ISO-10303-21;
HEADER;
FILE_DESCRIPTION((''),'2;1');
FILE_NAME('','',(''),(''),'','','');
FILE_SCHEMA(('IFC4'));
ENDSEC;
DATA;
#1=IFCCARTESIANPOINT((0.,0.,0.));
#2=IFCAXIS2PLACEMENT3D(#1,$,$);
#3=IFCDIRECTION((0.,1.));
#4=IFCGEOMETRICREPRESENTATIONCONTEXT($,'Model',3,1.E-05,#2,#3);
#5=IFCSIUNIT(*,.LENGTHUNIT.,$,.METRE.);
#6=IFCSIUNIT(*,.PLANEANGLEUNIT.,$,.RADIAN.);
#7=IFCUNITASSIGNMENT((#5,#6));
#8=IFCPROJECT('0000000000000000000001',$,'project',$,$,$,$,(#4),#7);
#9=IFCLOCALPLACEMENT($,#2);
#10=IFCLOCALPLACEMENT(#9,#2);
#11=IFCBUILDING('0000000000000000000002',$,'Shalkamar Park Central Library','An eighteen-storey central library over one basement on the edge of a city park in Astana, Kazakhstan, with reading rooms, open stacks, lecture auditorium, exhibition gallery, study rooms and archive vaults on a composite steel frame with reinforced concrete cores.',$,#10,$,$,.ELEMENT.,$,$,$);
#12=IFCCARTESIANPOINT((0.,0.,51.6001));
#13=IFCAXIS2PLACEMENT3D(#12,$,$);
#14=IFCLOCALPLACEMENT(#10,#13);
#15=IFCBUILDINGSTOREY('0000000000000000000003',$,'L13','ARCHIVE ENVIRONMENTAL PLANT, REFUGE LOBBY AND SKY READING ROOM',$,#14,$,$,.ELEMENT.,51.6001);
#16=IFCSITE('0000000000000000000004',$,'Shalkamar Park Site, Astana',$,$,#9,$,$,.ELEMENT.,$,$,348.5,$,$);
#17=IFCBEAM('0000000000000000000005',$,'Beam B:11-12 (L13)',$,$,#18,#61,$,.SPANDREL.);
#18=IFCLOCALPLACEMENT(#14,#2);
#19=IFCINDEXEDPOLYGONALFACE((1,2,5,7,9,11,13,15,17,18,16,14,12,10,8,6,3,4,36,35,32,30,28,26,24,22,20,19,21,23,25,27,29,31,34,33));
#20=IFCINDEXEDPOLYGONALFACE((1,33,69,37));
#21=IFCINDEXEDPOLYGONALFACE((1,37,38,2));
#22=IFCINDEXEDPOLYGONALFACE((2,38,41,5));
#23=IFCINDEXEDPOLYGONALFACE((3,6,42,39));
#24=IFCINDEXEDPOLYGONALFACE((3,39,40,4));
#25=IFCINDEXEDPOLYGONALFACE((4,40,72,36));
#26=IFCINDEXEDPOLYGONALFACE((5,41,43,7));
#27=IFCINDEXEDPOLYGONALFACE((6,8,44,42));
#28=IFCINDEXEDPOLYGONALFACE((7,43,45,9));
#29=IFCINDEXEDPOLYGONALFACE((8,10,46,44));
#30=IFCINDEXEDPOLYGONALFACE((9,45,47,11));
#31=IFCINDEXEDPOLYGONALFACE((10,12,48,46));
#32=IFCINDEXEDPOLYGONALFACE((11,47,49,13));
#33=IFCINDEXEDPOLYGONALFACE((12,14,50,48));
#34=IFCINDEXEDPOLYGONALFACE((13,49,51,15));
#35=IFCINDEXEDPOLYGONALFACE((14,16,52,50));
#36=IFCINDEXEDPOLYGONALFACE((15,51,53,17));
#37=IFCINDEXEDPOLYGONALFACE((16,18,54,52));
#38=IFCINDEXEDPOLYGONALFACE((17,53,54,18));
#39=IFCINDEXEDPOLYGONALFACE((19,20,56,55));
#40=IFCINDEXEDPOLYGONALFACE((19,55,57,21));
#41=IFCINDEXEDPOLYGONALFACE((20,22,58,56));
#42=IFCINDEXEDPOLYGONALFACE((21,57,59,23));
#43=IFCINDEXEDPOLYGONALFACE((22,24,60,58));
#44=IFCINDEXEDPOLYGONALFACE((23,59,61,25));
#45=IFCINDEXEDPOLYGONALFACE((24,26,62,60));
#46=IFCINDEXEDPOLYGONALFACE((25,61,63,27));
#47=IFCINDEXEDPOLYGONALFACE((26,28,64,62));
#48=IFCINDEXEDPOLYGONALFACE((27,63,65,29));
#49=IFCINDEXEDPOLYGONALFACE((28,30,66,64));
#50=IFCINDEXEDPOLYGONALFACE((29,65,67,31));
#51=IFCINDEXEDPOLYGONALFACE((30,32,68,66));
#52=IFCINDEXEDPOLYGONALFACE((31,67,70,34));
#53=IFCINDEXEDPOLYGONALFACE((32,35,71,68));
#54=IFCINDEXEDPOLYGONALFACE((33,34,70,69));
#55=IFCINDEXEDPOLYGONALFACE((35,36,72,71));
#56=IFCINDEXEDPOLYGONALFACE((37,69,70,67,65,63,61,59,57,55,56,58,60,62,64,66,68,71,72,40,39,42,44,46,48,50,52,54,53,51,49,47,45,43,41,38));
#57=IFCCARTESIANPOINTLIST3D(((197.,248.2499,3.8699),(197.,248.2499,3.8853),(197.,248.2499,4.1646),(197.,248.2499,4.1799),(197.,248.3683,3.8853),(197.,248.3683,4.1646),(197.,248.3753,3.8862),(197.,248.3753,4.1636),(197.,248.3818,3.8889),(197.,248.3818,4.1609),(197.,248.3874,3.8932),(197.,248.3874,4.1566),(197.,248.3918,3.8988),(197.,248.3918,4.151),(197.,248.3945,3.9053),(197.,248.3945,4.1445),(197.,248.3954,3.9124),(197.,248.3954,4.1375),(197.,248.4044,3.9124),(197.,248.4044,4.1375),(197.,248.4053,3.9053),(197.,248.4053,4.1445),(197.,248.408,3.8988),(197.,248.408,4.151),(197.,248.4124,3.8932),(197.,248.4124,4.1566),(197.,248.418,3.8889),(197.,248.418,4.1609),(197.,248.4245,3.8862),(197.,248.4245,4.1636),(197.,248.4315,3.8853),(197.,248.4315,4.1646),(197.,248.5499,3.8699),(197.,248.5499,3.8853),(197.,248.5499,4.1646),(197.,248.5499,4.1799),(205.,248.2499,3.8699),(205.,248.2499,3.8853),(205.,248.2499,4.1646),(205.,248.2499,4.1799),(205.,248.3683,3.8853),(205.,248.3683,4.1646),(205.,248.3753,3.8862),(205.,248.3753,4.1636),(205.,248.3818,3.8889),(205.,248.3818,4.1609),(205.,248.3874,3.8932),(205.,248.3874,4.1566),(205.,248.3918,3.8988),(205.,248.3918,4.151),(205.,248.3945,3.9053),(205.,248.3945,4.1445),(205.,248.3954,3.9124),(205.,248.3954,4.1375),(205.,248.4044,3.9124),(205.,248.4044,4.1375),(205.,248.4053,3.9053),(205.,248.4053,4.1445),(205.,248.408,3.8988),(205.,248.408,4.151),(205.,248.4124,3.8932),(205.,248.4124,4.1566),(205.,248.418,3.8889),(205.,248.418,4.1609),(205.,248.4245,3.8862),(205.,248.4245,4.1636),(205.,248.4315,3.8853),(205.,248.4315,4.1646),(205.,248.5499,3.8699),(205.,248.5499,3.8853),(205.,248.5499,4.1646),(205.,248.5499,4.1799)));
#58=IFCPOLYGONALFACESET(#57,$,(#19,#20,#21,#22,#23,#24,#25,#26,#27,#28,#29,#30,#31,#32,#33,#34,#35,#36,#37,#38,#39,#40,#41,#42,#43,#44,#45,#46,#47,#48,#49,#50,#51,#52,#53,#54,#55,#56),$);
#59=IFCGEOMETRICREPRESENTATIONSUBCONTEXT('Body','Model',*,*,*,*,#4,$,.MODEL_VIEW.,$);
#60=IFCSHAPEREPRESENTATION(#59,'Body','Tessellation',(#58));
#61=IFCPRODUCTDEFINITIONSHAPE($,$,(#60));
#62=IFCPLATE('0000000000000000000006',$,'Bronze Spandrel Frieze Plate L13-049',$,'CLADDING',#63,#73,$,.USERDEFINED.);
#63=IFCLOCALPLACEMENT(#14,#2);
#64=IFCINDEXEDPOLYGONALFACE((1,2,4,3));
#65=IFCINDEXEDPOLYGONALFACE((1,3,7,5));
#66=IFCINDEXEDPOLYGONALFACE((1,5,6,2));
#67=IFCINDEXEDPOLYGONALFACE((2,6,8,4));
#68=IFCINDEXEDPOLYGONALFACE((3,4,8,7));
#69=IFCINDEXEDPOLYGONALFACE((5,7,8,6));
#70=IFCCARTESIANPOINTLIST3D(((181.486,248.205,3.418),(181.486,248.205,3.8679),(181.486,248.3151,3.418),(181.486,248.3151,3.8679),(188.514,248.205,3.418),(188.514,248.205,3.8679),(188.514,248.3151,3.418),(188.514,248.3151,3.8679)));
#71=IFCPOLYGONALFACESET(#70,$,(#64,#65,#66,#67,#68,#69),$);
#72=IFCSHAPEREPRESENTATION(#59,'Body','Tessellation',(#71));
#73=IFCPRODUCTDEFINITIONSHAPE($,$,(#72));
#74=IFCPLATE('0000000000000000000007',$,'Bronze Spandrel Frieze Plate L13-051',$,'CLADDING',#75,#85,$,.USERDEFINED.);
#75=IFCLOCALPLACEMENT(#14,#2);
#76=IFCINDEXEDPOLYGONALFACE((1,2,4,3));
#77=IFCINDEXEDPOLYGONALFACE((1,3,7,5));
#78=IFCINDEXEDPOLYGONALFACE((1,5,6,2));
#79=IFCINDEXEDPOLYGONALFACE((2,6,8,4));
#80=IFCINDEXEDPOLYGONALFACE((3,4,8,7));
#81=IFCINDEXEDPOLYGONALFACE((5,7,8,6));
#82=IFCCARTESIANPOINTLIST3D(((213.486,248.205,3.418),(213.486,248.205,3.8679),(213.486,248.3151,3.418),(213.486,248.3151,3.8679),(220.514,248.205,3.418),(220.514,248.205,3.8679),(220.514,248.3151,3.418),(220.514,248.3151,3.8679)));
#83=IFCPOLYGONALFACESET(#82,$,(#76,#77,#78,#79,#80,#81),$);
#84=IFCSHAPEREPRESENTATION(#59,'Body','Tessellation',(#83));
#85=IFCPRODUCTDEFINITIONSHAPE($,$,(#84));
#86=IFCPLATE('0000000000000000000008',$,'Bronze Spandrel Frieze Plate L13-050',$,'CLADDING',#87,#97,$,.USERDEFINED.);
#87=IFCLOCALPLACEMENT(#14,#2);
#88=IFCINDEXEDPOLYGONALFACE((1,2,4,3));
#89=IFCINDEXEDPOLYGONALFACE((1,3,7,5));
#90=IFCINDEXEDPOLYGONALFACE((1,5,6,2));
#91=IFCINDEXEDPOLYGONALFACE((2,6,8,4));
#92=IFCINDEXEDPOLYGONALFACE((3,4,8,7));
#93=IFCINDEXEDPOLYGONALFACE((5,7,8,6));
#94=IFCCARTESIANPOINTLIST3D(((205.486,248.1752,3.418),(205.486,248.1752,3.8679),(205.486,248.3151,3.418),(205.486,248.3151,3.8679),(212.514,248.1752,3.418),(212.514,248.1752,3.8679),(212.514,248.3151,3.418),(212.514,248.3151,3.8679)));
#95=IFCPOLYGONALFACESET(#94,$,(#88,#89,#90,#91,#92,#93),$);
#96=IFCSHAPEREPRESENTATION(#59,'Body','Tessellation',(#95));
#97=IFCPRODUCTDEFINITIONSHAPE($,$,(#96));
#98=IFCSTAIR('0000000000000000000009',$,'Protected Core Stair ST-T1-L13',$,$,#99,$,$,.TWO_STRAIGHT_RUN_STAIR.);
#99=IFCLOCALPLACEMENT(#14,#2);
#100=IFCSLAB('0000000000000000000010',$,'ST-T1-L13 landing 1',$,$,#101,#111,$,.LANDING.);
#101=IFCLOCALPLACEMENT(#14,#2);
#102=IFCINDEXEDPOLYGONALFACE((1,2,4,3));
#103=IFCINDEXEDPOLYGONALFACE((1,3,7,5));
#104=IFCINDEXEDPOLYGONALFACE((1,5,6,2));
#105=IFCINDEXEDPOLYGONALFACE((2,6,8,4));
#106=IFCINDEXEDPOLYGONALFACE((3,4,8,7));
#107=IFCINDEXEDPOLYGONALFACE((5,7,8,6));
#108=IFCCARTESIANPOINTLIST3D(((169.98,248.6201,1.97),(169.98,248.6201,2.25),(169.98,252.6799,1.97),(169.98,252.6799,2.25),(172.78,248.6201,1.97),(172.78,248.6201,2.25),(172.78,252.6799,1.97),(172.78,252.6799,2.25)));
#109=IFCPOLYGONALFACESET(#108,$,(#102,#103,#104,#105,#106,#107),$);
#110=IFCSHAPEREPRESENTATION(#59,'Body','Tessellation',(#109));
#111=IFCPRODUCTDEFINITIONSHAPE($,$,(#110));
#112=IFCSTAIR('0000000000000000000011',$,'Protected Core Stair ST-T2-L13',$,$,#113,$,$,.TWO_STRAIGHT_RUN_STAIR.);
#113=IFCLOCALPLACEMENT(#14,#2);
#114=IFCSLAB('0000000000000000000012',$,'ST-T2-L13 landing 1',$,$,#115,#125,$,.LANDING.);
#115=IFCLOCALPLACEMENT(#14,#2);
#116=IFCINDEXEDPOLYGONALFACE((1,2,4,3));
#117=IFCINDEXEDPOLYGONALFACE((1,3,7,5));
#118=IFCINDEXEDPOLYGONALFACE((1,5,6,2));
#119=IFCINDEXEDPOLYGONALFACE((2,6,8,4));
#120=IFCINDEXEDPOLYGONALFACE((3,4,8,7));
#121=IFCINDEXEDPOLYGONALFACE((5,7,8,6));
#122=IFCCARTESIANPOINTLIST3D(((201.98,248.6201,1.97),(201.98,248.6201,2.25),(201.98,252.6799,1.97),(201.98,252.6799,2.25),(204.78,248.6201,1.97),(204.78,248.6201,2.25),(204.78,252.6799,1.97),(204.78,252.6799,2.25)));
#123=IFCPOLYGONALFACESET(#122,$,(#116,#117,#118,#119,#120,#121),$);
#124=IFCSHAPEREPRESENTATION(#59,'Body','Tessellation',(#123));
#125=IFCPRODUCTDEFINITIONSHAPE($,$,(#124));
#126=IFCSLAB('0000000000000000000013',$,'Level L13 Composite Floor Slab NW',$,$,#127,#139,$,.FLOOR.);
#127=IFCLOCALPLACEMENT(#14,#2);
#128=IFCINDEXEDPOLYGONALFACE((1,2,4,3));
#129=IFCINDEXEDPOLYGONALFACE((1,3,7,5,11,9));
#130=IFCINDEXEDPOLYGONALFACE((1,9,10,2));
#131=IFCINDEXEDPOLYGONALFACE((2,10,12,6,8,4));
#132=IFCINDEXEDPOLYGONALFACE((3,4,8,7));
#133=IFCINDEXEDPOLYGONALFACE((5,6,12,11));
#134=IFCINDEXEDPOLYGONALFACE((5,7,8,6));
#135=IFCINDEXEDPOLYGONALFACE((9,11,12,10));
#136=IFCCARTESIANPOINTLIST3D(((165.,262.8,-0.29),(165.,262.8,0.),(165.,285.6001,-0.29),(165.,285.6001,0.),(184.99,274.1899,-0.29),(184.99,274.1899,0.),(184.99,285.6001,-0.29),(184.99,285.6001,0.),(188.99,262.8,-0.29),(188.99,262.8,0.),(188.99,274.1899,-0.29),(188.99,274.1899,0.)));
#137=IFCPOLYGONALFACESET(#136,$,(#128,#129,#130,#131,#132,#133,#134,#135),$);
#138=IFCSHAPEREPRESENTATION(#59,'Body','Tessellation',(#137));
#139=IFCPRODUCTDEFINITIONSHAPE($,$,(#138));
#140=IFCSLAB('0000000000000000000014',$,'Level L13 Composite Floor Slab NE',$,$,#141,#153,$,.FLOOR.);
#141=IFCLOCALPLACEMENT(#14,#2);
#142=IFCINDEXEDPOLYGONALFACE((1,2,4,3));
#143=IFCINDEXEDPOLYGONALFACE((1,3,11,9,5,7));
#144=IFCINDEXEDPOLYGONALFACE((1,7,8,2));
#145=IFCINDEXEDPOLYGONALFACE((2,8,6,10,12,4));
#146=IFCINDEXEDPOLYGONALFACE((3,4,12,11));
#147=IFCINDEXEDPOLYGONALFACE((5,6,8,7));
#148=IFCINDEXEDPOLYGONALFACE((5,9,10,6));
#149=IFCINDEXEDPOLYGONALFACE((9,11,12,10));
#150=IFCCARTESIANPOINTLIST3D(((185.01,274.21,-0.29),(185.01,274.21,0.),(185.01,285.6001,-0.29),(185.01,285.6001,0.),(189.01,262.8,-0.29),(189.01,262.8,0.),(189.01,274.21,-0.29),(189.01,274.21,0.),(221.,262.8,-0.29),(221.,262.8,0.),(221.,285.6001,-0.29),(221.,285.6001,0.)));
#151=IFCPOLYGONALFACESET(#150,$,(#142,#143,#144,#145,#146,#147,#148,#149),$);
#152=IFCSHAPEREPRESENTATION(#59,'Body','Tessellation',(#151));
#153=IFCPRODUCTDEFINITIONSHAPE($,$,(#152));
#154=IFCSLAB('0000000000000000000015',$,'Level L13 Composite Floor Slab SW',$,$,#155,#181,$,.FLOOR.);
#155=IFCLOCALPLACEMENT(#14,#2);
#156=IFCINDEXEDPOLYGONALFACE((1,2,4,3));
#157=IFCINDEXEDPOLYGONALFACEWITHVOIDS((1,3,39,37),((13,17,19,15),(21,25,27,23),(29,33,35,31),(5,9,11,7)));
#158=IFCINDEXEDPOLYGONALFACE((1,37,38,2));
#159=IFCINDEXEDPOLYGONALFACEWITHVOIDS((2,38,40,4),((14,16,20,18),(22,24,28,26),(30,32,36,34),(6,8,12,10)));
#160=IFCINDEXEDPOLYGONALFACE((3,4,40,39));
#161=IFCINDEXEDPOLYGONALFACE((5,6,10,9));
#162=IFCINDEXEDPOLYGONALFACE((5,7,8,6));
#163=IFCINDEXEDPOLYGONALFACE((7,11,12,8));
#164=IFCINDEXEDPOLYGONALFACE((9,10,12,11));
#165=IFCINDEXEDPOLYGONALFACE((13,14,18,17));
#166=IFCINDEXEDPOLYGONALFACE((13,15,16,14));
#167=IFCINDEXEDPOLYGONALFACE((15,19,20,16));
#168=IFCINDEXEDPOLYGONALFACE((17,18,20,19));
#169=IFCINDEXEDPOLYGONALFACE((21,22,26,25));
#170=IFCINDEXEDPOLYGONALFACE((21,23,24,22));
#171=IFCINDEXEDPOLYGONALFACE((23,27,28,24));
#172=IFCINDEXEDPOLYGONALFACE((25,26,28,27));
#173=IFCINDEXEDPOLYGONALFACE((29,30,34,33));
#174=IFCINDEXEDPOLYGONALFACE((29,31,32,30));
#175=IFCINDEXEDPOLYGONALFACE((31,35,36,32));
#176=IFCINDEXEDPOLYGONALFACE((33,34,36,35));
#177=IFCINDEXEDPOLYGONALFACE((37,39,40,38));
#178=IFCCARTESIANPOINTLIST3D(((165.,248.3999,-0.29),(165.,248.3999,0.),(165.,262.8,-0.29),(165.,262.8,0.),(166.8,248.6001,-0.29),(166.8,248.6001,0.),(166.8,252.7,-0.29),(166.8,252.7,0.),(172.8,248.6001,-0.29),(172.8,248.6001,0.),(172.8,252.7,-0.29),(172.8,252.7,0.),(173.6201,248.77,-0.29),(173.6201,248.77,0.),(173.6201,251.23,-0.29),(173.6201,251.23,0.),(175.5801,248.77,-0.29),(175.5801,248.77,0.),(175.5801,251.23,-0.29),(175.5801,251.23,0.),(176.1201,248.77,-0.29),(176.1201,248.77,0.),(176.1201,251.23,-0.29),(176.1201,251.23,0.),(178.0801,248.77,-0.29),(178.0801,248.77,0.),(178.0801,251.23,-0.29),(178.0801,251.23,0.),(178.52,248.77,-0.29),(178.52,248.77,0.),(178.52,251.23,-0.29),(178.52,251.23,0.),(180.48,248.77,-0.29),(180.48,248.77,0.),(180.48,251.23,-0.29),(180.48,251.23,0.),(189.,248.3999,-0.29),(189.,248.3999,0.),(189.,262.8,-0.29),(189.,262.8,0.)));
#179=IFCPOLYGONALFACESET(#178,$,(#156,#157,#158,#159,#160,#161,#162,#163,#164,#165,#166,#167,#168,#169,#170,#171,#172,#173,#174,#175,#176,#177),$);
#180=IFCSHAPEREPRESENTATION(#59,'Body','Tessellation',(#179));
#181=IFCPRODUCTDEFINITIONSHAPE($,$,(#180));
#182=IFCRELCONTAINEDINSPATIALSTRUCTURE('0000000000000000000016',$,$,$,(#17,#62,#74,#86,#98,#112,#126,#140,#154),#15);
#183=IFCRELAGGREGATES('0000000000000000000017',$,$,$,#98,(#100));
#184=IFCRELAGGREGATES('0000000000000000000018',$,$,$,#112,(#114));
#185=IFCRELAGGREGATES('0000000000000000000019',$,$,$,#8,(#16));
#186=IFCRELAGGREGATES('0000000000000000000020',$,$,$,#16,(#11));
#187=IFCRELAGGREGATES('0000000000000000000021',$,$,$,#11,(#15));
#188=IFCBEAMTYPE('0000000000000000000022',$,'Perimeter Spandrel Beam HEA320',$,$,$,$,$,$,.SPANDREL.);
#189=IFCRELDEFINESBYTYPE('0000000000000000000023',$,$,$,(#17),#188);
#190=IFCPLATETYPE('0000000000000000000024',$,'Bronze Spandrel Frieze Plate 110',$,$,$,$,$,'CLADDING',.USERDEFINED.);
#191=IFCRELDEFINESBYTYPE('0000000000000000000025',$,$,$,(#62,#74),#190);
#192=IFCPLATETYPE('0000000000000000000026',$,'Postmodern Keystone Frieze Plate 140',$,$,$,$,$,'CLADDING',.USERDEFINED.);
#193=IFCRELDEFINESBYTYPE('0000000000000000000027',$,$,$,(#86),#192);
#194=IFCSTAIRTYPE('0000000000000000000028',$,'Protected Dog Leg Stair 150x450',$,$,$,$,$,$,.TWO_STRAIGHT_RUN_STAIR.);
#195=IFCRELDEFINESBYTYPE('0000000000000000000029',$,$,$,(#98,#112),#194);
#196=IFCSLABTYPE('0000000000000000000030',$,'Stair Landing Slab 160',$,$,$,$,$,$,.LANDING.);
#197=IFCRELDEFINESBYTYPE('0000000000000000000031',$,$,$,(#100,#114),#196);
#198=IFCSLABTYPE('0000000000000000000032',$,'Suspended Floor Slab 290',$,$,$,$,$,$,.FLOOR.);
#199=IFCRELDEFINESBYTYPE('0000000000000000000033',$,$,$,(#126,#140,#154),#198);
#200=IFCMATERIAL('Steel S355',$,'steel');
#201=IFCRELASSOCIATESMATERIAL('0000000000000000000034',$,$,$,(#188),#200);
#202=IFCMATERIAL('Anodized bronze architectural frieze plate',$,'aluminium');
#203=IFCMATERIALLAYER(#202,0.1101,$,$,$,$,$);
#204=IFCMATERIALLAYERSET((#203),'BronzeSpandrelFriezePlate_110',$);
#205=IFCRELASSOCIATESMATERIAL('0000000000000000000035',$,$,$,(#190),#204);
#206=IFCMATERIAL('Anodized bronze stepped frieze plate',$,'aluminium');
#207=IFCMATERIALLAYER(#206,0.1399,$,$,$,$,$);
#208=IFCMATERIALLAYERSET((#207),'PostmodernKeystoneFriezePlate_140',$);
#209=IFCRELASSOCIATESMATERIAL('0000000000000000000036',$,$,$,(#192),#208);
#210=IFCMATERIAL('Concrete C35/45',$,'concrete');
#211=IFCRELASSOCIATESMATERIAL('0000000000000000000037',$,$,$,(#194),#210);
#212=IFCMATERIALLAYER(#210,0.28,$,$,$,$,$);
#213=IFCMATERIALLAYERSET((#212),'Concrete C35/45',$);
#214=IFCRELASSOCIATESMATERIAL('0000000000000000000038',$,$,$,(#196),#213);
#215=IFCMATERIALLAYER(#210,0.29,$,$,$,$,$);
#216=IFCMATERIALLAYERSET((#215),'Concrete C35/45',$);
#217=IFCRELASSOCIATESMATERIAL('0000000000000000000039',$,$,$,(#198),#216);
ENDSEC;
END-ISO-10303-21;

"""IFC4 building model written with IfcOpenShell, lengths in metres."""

from ifc_helpers import new_model, si_unit, direction, frame, origin, origin_2d, place, context, subcontext, project, spatial, polyline, rectangle, i_section, outline, extrude, material, layer, layer_set, material_profile, profile_set, type_object, element, aggregate, save


model = new_model("IFC4")

# Units and contexts
model_context = context("Model", 3, precision=1e-05, world=origin(), true_north=direction((0.0, 1.0)))
body_context = subcontext(model_context, "Body", "Model", "MODEL_VIEW")
ifc_project = project(units=[si_unit("LENGTHUNIT", "METRE"), si_unit("PLANEANGLEUNIT", "RADIAN")], contexts=[model_context])

# Site, building, storey
site_placement = place(None, origin())
site = spatial("IfcSite", under=ifc_project, at=site_placement, Name="Shalkamar Park Site, Astana", CompositionType="ELEMENT", RefElevation=348.5)
building_placement = place(site_placement, origin())
building = spatial("IfcBuilding", under=site, at=building_placement, Name="Shalkamar Park Central Library", Description="An eighteen-storey central library over one basement on the edge of a city park in Astana, Kazakhstan, with reading rooms, open stacks, lecture auditorium, exhibition gallery, study rooms and archive vaults on a composite steel frame with reinforced concrete cores.", CompositionType="ELEMENT")
storey_placement = place(building_placement, frame((0.0, 0.0, 51.6001)))
storey = spatial("IfcBuildingStorey", under=building, at=storey_placement, Name="L13", Description="ARCHIVE ENVIRONMENTAL PLANT, REFUGE LOBBY AND SKY READING ROOM", CompositionType="ELEMENT", Elevation=51.6001)

# Shared definitions
ifc_material_1 = material(Name="Steel S355", Category="steel")

# Beam
ifc_material_profile_1 = material_profile(ifc_material_1, i_section(OverallWidth=0.3, OverallDepth=0.3101, WebThickness=0.009, FlangeThickness=0.0154, FilletRadius=0.0271, at=origin_2d()), Name="HEA 320")
ifc_profile_set_1 = profile_set([ifc_material_profile_1], Name="Steel S355")
beam_type = type_object("IfcBeamType", Name="Perimeter Spandrel Beam HEA320", PredefinedType="SPANDREL", material=ifc_profile_set_1)
for number, where, z_axis, x_axis, name in (
    (1, (197.0, 248.3999, 4.0249), (1.0, 0.0, 0.0), (0.0, 1.0, 0.0), "Beam B:11-12 (L13)"),
):
    element("IfcBeam", number, at=place(storey_placement, frame(where, z_axis=z_axis, x_axis=x_axis)), inside=storey, type_object=beam_type, Name=name, PredefinedType="SPANDREL", context=body_context, shape_type="SweptSolid", body=[
        extrude(i_section(OverallWidth=0.3, OverallDepth=0.3101, WebThickness=0.009, FlangeThickness=0.0154, FilletRadius=0.0271, at=origin_2d()), origin(), (0.0, 0.0, 1.0), 8.0),
    ])

# Plates
ifc_material_2 = material(Name="Anodized bronze architectural frieze plate", Category="aluminium")
ifc_layer_1 = layer(ifc_material_2, 0.1101)
ifc_layer_set_1 = layer_set([ifc_layer_1], Name="BronzeSpandrelFriezePlate_110")
plate_type_1 = type_object("IfcPlateType", Name="Bronze Spandrel Frieze Plate 110", ElementType="CLADDING", PredefinedType="USERDEFINED", material=ifc_layer_set_1)
for number, where, z_axis, x_axis, name in (
    (2, (185.0, 248.26, 3.418), (0.0, 0.0, 1.0), (1.0, 0.0, 0.0), "Bronze Spandrel Frieze Plate L13-049"),
    (3, (217.0, 248.26, 3.418), (0.0, 0.0, 1.0), (1.0, 0.0, 0.0), "Bronze Spandrel Frieze Plate L13-051"),
):
    element("IfcPlate", number, at=place(storey_placement, frame(where, z_axis=z_axis, x_axis=x_axis)), inside=storey, type_object=plate_type_1, Name=name, ObjectType="CLADDING", PredefinedType="USERDEFINED", context=body_context, shape_type="SweptSolid", body=[
        extrude(rectangle(XDim=7.0281, YDim=0.1101, at=origin_2d()), origin(), (0.0, 0.0, 1.0), 0.45),
    ])
ifc_material_3 = material(Name="Anodized bronze stepped frieze plate", Category="aluminium")
ifc_layer_2 = layer(ifc_material_3, 0.1399)
ifc_layer_set_2 = layer_set([ifc_layer_2], Name="PostmodernKeystoneFriezePlate_140")
plate_type_2 = type_object("IfcPlateType", Name="Postmodern Keystone Frieze Plate 140", ElementType="CLADDING", PredefinedType="USERDEFINED", material=ifc_layer_set_2)
plate_placement = place(storey_placement, frame((209.0, 248.2451, 3.418), z_axis=(0.0, 0.0, 1.0), x_axis=(1.0, 0.0, 0.0)))
element("IfcPlate", 4, at=plate_placement, inside=storey, type_object=plate_type_2, Name="Bronze Spandrel Frieze Plate L13-050", ObjectType="CLADDING", PredefinedType="USERDEFINED", context=body_context, shape_type="SweptSolid", body=[
    extrude(rectangle(XDim=7.0281, YDim=0.1399, at=origin_2d()), origin(), (0.0, 0.0, 1.0), 0.45),
])

# Stairs, slabs
ifc_material_4 = material(Name="Concrete C35/45", Category="concrete")
stair_type = type_object("IfcStairType", Name="Protected Dog Leg Stair 150x450", PredefinedType="TWO_STRAIGHT_RUN_STAIR", material=ifc_material_4)
stair_1_placement = place(storey_placement, origin())
stair_1 = element("IfcStair", 5, at=stair_1_placement, inside=storey, type_object=stair_type, Name="Protected Core Stair ST-T1-L13", PredefinedType="TWO_STRAIGHT_RUN_STAIR")
ifc_layer_3 = layer(ifc_material_4, 0.28)
ifc_layer_set_3 = layer_set([ifc_layer_3], Name="Concrete C35/45")
slab_type_1 = type_object("IfcSlabType", Name="Stair Landing Slab 160", PredefinedType="LANDING", material=ifc_layer_set_3)
slab_1_placement = place(storey_placement, frame((0.0, 0.0, 1.97)))
slab_1 = element("IfcSlab", 6, at=slab_1_placement, type_object=slab_type_1, Name="ST-T1-L13 landing 1", PredefinedType="LANDING", context=body_context, shape_type="SweptSolid", body=[
    extrude(outline(polyline([(169.98, 248.6201), (172.78, 248.6201), (172.78, 252.6799), (169.98, 252.6799), (169.98, 248.6201)])), origin(), (0.0, 0.0, 1.0), 0.28),
])
aggregate(stair_1, [slab_1])
stair_2_placement = place(storey_placement, origin())
stair_2 = element("IfcStair", 7, at=stair_2_placement, inside=storey, type_object=stair_type, Name="Protected Core Stair ST-T2-L13", PredefinedType="TWO_STRAIGHT_RUN_STAIR")
slab_2_placement = place(storey_placement, frame((0.0, 0.0, 1.97)))
slab_2 = element("IfcSlab", 8, at=slab_2_placement, type_object=slab_type_1, Name="ST-T2-L13 landing 1", PredefinedType="LANDING", context=body_context, shape_type="SweptSolid", body=[
    extrude(outline(polyline([(201.98, 248.6201), (204.78, 248.6201), (204.78, 252.6799), (201.98, 252.6799), (201.98, 248.6201)])), origin(), (0.0, 0.0, 1.0), 0.28),
])
aggregate(stair_2, [slab_2])

# Slabs
ifc_layer_4 = layer(ifc_material_4, 0.29)
ifc_layer_set_4 = layer_set([ifc_layer_4], Name="Concrete C35/45")
slab_type_2 = type_object("IfcSlabType", Name="Suspended Floor Slab 290", PredefinedType="FLOOR", material=ifc_layer_set_4)
slab_3_placement = place(storey_placement, frame((0.0, 0.0, -0.29)))
element("IfcSlab", 9, at=slab_3_placement, inside=storey, type_object=slab_type_2, Name="Level L13 Composite Floor Slab NW", PredefinedType="FLOOR", context=body_context, shape_type="SweptSolid", body=[
    extrude(outline(polyline([(165.0, 262.8), (188.99, 262.8), (188.99, 274.1899), (184.99, 274.1899), (184.99, 285.6001), (165.0, 285.6001), (165.0, 262.8)])), origin(), (0.0, 0.0, 1.0), 0.29),
])
slab_4_placement = place(storey_placement, frame((0.0, 0.0, -0.29)))
element("IfcSlab", 10, at=slab_4_placement, inside=storey, type_object=slab_type_2, Name="Level L13 Composite Floor Slab NE", PredefinedType="FLOOR", context=body_context, shape_type="SweptSolid", body=[
    extrude(outline(polyline([(189.01, 262.8), (221.0, 262.8), (221.0, 285.6001), (185.01, 285.6001), (185.01, 274.21), (189.01, 274.21), (189.01, 262.8)])), origin(), (0.0, 0.0, 1.0), 0.29),
])
slab_5_placement = place(storey_placement, frame((0.0, 0.0, -0.29)))
element("IfcSlab", 11, at=slab_5_placement, inside=storey, type_object=slab_type_2, Name="Level L13 Composite Floor Slab SW", PredefinedType="FLOOR", context=body_context, shape_type="SweptSolid", body=[
    extrude(outline(polyline([(165.0, 248.3999), (165.0, 262.8), (189.0, 262.8), (189.0, 248.3999), (165.0, 248.3999)]), holes=[polyline([(173.6201, 248.77), (175.5801, 248.77), (175.5801, 251.23), (173.6201, 251.23), (173.6201, 248.77)]), polyline([(176.1201, 251.23), (176.1201, 248.77), (178.0801, 248.77), (178.0801, 251.23), (176.1201, 251.23)]), polyline([(178.52, 251.23), (178.52, 248.77), (180.48, 248.77), (180.48, 251.23), (178.52, 251.23)]), polyline([(166.8, 252.7), (166.8, 248.6001), (172.8, 248.6001), (172.8, 252.7), (166.8, 252.7)])]), origin(), (0.0, 0.0, 1.0), 0.29),
])

save(model, "model.ifc")
